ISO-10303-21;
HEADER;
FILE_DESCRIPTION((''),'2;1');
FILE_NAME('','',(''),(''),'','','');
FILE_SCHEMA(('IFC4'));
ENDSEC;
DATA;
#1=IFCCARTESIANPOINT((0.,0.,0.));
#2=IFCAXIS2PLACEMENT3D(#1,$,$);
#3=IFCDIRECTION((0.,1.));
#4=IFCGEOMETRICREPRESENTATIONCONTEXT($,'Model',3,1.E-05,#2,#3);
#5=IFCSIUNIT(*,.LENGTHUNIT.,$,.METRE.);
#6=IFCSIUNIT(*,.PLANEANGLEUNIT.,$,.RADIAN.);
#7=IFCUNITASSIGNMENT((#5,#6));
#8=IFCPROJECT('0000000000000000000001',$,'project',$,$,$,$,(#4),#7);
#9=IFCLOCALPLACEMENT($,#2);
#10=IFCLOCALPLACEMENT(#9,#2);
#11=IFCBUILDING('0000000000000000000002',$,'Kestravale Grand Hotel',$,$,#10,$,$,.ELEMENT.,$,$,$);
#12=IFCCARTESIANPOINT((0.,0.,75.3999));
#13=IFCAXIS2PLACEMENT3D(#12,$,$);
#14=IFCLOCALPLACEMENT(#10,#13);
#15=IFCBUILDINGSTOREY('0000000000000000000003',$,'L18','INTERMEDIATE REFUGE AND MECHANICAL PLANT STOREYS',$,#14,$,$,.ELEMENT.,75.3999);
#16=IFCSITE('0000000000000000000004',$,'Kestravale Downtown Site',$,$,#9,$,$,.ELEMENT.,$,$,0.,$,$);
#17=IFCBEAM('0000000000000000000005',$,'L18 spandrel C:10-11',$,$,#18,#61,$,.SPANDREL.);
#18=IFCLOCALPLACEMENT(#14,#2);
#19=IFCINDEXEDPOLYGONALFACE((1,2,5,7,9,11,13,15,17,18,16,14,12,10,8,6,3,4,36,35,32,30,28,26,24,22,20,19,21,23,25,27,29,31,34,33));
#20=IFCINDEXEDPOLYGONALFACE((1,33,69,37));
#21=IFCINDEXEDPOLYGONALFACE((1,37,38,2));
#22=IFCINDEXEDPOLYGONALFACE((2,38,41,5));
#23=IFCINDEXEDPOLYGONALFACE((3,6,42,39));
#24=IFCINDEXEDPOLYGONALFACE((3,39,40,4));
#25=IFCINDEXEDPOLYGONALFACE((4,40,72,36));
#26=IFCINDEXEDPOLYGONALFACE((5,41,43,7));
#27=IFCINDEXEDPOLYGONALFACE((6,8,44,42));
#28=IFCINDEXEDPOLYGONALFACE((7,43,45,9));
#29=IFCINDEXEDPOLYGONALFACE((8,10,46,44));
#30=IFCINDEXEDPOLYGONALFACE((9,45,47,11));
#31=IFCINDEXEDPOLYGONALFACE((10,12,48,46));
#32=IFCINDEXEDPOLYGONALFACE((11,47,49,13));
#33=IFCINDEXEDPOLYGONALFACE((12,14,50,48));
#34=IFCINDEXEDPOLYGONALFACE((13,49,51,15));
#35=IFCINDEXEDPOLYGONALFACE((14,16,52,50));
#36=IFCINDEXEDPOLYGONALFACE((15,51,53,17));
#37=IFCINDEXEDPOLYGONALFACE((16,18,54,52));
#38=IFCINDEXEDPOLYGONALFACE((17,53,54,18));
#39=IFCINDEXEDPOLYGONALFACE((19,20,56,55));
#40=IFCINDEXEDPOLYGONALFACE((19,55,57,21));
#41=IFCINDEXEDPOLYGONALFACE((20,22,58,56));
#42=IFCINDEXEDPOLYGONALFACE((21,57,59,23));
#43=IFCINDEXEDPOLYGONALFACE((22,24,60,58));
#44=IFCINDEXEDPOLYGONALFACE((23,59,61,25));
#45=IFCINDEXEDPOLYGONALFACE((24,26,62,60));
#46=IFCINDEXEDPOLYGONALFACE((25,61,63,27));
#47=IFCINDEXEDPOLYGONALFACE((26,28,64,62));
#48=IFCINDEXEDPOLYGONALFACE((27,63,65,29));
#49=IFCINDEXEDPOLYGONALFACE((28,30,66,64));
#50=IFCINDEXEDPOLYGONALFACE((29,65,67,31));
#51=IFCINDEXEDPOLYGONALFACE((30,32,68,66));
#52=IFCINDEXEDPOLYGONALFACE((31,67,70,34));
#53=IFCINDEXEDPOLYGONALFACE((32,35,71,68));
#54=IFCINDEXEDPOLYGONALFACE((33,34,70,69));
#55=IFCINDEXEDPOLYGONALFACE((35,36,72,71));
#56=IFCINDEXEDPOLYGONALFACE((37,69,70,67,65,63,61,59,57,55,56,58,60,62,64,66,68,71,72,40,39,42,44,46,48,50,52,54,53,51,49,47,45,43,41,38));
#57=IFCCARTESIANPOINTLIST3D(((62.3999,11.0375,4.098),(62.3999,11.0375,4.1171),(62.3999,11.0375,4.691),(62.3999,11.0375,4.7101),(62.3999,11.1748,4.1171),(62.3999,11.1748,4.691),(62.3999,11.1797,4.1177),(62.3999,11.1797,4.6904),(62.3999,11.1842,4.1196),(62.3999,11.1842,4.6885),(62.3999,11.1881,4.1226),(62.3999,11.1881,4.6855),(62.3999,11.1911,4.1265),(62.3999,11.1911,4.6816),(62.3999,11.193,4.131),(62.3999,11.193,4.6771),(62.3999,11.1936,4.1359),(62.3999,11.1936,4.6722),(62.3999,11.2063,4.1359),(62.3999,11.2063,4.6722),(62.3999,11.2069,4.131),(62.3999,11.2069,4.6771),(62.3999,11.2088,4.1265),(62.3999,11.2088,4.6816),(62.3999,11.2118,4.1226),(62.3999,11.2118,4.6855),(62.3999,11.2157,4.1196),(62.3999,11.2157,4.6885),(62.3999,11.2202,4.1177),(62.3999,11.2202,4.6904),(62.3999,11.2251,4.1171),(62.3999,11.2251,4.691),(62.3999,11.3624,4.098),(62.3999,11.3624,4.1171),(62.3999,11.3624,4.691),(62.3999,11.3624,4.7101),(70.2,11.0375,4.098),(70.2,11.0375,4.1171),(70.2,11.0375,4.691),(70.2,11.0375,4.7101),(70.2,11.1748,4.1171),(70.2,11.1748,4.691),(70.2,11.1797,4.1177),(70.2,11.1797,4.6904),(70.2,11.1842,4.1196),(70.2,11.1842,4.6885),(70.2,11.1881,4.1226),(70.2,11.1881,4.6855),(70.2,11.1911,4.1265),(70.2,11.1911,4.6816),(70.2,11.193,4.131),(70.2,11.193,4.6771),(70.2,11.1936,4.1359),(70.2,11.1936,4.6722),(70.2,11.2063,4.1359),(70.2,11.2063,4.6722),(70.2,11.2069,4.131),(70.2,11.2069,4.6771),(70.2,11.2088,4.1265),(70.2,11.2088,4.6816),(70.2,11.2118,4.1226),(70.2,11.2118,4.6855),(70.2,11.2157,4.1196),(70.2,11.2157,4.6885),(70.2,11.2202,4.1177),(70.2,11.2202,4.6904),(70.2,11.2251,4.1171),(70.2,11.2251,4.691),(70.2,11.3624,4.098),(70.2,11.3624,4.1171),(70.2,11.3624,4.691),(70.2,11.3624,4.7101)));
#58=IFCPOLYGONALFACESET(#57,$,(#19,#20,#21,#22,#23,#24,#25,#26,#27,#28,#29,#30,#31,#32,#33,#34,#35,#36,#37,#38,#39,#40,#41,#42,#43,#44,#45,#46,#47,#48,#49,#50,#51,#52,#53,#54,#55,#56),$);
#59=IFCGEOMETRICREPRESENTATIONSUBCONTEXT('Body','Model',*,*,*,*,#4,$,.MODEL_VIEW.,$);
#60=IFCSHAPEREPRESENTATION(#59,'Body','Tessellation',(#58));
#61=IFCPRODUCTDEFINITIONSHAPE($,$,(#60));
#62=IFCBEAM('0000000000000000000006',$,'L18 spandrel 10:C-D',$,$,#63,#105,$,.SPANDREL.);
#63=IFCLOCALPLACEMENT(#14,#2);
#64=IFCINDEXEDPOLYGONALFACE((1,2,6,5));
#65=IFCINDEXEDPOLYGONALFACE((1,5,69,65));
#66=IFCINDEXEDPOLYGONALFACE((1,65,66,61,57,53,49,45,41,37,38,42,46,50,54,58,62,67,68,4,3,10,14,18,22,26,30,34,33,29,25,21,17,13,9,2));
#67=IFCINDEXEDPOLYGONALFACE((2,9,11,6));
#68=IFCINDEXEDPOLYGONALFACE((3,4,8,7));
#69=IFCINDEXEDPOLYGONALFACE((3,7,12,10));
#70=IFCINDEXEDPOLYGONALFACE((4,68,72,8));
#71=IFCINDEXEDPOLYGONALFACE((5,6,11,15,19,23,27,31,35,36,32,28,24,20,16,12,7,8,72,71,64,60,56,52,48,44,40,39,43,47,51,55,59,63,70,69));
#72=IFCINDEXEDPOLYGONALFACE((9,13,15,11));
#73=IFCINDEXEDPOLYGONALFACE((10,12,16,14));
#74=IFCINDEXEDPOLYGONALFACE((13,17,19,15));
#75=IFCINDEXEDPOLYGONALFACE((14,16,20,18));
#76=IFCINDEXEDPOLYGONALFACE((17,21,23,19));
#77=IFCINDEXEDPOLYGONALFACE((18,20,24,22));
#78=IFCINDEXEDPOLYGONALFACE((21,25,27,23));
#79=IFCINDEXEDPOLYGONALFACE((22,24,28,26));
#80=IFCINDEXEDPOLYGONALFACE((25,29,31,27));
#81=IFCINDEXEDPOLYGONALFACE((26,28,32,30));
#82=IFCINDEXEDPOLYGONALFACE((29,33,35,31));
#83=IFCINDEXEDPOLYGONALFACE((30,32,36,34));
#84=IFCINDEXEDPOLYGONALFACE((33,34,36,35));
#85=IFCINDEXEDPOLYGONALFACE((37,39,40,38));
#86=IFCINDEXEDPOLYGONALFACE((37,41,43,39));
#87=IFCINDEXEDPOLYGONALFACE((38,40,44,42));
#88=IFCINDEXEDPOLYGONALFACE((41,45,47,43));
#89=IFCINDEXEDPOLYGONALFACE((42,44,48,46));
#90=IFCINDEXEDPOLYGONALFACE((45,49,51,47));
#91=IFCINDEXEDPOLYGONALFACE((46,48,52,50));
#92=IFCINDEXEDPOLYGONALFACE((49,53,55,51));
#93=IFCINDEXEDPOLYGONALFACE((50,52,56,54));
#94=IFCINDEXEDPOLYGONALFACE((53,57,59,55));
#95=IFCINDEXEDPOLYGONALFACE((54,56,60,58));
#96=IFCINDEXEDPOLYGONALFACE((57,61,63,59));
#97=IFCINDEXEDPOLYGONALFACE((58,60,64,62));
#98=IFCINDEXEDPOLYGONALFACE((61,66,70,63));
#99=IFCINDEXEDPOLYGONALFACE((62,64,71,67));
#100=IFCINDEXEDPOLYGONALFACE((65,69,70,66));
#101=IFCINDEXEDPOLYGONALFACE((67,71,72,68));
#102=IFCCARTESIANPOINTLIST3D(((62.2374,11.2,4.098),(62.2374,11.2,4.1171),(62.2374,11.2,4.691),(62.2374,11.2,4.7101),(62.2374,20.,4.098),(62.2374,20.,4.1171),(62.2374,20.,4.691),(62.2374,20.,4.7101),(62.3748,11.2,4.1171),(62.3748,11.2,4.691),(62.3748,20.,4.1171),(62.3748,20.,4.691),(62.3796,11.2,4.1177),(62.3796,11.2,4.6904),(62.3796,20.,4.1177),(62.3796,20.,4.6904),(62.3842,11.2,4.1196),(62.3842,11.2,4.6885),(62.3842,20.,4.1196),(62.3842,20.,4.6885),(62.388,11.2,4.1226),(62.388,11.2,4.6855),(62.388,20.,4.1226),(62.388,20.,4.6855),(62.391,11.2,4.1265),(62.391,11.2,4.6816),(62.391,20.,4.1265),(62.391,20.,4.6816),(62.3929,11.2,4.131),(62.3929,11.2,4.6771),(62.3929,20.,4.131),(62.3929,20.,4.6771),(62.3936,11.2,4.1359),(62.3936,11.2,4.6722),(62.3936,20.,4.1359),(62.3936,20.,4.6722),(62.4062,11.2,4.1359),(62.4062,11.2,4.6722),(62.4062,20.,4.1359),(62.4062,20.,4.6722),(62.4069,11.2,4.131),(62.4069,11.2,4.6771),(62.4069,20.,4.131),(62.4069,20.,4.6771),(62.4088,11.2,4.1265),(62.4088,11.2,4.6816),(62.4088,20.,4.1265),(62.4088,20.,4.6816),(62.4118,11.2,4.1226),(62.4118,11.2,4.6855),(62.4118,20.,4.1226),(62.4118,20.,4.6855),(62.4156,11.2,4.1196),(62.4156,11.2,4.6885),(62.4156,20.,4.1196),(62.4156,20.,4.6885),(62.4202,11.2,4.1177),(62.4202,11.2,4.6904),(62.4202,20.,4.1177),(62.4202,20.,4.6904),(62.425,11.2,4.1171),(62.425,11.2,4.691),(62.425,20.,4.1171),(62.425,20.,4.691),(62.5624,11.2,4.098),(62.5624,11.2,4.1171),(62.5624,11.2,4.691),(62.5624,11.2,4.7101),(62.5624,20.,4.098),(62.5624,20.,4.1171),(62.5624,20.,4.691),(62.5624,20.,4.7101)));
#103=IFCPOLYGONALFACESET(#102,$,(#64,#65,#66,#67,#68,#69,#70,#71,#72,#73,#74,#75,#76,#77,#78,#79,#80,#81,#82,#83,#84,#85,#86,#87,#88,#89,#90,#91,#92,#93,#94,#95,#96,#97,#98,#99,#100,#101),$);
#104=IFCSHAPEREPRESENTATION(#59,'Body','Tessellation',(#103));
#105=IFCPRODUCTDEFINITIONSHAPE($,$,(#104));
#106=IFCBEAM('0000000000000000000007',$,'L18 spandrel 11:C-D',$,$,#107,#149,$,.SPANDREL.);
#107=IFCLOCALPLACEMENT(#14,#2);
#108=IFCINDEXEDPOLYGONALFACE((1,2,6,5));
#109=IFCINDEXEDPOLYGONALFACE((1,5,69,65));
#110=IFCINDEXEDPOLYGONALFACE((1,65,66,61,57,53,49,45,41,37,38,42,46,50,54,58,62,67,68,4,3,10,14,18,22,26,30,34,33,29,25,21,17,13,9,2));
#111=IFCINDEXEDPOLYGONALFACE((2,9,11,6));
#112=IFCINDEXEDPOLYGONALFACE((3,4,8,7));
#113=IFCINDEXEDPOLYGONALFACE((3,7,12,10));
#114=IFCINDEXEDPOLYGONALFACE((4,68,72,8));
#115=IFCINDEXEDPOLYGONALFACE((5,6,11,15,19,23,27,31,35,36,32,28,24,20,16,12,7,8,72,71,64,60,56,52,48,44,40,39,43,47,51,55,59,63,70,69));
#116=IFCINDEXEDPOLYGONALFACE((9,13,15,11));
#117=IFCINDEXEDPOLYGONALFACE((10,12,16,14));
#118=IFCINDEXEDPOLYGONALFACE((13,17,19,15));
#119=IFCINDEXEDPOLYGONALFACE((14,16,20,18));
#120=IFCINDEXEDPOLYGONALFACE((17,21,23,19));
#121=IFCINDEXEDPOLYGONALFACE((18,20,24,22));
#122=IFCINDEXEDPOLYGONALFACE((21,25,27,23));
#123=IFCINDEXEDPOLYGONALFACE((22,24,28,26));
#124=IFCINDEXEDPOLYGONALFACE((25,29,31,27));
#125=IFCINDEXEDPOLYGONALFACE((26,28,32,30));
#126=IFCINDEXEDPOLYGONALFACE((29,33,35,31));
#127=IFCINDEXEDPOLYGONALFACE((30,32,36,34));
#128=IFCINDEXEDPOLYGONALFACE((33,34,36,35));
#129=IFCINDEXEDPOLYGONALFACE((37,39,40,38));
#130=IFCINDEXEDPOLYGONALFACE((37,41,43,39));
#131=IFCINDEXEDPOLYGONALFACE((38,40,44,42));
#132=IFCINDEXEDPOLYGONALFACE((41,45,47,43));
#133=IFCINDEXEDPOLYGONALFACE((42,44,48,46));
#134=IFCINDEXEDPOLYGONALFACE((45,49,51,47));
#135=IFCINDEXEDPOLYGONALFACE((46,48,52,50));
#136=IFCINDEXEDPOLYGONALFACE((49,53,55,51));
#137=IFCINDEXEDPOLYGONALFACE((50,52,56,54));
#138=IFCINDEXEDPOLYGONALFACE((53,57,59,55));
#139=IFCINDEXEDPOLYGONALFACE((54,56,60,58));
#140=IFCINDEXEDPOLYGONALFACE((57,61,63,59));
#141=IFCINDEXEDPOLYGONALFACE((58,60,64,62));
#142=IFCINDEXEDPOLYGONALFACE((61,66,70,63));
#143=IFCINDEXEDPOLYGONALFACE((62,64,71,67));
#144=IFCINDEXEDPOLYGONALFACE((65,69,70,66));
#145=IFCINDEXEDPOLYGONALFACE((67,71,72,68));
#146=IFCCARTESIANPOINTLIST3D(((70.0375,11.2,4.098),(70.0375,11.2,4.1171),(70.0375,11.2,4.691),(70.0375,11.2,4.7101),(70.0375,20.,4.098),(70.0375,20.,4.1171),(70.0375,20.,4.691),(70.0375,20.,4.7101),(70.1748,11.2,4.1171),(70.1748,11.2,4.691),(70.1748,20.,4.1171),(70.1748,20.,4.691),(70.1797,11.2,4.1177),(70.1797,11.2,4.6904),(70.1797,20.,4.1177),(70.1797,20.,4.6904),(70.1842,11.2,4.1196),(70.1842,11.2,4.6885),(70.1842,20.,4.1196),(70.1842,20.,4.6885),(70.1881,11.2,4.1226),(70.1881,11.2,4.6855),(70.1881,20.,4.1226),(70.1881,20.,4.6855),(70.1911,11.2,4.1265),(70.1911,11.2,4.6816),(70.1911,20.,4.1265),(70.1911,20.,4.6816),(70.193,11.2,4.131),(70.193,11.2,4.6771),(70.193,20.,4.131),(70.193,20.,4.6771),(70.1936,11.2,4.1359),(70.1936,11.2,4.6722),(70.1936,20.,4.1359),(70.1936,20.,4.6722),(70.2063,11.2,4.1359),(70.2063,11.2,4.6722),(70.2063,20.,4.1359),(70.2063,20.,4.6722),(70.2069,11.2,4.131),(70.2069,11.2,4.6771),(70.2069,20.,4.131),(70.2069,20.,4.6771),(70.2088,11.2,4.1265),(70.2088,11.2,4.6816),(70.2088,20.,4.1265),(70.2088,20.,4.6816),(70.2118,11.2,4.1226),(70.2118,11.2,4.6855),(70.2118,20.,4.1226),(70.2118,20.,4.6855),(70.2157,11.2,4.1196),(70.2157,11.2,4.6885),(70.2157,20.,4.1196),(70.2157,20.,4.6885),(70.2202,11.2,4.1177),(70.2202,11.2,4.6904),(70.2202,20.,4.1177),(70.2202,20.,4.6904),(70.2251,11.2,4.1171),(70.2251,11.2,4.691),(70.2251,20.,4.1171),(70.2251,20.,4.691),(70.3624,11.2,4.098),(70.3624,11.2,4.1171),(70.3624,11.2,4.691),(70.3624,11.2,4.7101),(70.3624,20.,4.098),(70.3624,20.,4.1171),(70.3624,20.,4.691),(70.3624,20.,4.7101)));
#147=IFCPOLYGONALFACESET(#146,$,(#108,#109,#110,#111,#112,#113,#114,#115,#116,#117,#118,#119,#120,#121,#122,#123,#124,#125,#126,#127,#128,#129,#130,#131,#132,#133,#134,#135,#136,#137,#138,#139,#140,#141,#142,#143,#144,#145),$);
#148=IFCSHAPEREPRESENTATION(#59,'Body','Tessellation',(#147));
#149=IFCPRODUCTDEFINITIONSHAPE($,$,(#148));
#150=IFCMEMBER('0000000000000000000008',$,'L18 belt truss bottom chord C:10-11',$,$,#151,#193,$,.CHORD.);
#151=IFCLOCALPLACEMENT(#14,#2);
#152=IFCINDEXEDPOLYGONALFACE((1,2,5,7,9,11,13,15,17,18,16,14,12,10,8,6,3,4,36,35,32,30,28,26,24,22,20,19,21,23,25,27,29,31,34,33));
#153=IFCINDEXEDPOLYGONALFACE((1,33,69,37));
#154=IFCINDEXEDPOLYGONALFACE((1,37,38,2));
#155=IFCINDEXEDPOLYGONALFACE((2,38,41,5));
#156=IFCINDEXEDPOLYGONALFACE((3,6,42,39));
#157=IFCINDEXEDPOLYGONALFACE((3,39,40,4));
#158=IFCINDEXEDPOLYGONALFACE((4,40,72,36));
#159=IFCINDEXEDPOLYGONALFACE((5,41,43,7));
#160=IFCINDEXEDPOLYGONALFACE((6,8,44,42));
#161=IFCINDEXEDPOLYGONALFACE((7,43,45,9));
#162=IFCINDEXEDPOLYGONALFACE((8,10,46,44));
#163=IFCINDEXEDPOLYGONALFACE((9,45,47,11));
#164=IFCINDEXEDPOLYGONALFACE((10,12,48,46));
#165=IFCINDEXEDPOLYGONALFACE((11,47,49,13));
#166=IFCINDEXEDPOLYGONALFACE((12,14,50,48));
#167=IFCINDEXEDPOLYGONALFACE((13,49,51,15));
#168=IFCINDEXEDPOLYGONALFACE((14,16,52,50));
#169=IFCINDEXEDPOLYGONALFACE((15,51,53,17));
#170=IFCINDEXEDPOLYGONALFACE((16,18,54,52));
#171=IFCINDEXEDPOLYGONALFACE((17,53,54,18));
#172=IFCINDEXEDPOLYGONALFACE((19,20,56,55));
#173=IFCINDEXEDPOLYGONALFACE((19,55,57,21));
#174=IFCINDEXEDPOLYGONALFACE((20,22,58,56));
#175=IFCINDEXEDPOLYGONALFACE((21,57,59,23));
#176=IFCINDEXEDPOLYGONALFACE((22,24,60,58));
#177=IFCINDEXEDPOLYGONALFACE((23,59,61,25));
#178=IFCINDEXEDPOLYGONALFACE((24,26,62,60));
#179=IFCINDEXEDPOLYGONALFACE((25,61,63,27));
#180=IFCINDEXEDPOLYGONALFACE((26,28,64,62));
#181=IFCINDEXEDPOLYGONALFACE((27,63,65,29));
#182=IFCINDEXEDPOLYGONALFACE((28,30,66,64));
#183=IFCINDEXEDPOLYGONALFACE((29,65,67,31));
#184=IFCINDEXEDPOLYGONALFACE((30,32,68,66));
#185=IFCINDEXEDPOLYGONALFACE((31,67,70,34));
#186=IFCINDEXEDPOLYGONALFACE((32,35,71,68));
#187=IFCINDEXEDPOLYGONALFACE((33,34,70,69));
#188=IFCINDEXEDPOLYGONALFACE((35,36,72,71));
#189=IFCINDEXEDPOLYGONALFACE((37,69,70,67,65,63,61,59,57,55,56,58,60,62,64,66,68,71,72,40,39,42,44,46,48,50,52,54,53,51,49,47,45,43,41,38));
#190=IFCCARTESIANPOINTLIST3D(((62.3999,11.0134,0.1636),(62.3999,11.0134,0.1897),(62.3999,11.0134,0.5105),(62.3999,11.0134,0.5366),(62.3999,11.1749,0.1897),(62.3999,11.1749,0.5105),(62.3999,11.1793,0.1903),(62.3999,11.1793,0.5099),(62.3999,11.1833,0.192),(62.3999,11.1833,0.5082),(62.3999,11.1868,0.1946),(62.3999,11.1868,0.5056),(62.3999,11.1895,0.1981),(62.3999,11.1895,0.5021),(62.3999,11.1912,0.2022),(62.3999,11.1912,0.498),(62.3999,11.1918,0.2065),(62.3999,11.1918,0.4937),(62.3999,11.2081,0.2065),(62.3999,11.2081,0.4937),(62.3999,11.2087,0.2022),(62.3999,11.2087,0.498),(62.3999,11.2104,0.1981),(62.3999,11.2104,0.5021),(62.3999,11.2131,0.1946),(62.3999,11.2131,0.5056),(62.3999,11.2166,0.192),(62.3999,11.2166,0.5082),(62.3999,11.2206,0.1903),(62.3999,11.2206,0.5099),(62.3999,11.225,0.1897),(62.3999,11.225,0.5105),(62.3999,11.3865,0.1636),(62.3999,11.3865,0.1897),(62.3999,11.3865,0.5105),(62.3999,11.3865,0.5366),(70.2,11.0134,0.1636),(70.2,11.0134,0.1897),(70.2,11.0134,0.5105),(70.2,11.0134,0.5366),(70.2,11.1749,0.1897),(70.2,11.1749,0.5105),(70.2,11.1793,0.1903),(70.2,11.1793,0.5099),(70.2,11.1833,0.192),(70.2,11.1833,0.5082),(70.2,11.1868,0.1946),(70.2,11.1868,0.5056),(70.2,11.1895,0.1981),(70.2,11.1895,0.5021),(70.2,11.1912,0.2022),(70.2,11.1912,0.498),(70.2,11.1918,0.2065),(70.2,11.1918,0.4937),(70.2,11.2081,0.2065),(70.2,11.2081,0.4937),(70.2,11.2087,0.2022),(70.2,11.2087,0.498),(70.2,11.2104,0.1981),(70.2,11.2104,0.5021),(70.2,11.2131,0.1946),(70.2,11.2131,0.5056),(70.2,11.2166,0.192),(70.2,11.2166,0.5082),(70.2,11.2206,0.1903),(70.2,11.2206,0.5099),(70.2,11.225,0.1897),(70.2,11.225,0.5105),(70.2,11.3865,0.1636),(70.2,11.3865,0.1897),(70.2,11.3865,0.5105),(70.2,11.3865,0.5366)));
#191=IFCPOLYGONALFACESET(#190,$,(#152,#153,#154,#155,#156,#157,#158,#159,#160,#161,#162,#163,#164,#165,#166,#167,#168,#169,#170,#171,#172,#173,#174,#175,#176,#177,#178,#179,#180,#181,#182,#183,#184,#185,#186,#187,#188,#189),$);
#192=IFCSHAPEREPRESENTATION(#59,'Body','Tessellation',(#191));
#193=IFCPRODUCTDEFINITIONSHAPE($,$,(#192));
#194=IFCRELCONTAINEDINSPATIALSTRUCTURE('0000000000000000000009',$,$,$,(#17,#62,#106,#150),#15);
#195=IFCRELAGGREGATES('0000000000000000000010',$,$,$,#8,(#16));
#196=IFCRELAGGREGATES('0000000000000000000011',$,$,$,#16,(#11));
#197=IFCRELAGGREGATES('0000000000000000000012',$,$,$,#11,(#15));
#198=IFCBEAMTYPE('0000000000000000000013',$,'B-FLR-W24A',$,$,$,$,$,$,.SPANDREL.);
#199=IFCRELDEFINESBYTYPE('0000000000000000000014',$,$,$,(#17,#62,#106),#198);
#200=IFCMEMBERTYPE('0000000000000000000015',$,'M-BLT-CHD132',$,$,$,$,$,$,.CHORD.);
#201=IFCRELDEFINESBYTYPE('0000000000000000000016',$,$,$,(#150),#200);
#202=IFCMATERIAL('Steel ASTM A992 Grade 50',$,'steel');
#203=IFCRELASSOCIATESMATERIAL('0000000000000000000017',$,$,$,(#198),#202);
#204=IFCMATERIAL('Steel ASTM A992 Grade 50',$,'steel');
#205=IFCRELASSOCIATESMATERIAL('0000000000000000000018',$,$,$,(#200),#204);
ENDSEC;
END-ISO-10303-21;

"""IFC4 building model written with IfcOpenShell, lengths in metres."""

from ifc_helpers import new_model, si_unit, direction, frame, origin, origin_2d, place, context, subcontext, project, spatial, i_section, extrude, material, material_profile, profile_set, type_object, element, save


model = new_model("IFC4")

# Units and contexts
model_context = context("Model", 3, precision=1e-05, world=origin(), true_north=direction((0.0, 1.0)))
body_context = subcontext(model_context, "Body", "Model", "MODEL_VIEW")
ifc_project = project(units=[si_unit("LENGTHUNIT", "METRE"), si_unit("PLANEANGLEUNIT", "RADIAN")], contexts=[model_context])

# Site, building, storey
site_placement = place(None, origin())
site = spatial("IfcSite", under=ifc_project, at=site_placement, Name="Kestravale Downtown Site", CompositionType="ELEMENT", RefElevation=0.0)
building_placement = place(site_placement, origin())
building = spatial("IfcBuilding", under=site, at=building_placement, Name="Kestravale Grand Hotel", CompositionType="ELEMENT")
storey_placement = place(building_placement, frame((0.0, 0.0, 75.3999)))
storey = spatial("IfcBuildingStorey", under=building, at=storey_placement, Name="L18", Description="INTERMEDIATE REFUGE AND MECHANICAL PLANT STOREYS", CompositionType="ELEMENT", Elevation=75.3999)

# Beams
ifc_material_1 = material(Name="Steel ASTM A992 Grade 50", Category="steel")
ifc_material_profile_1 = material_profile(ifc_material_1, i_section(OverallWidth=0.325, OverallDepth=0.6121, WebThickness=0.0127, FlangeThickness=0.019, FilletRadius=0.0188, at=origin_2d()))
ifc_profile_set_1 = profile_set([ifc_material_profile_1], Name="Steel ASTM A992 Grade 50")
beam_type_1 = type_object("IfcBeamType", Name="B-FLR-W24A", PredefinedType="SPANDREL", material=ifc_profile_set_1)
beam_placement = place(storey_placement, frame((62.3999, 11.2, 4.4041), z_axis=(1.0, 0.0, 0.0), x_axis=(0.0, 1.0, 0.0)))
element("IfcBeam", 1, at=beam_placement, inside=storey, type_object=beam_type_1, Name="L18 spandrel C:10-11", PredefinedType="SPANDREL", context=body_context, shape_type="SweptSolid", body=[
    extrude(i_section(OverallWidth=0.325, OverallDepth=0.6121, WebThickness=0.0127, FlangeThickness=0.019, FilletRadius=0.0188, at=origin_2d()), origin(), (0.0, 0.0, 1.0), 7.8),
])
for number, where, z_axis, x_axis, name in (
    (2, (62.3999, 11.2, 4.4041), (0.0, 1.0, 0.0), (-1.0, 0.0, 0.0), "L18 spandrel 10:C-D"),
    (3, (70.2, 11.2, 4.4041), (0.0, 1.0, 0.0), (-1.0, 0.0, 0.0), "L18 spandrel 11:C-D"),
):
    element("IfcBeam", number, at=place(storey_placement, frame(where, z_axis=z_axis, x_axis=x_axis)), inside=storey, type_object=beam_type_1, Name=name, PredefinedType="SPANDREL", context=body_context, shape_type="SweptSolid", body=[
        extrude(i_section(OverallWidth=0.325, OverallDepth=0.6121, WebThickness=0.0127, FlangeThickness=0.019, FilletRadius=0.0188, at=origin_2d()), origin(), (0.0, 0.0, 1.0), 8.8),
    ])

# Member
ifc_material_2 = material(Name="Steel ASTM A992 Grade 50", Category="steel")
ifc_material_profile_2 = material_profile(ifc_material_2, i_section(OverallWidth=0.373, OverallDepth=0.373, WebThickness=0.0164, FlangeThickness=0.0261, FilletRadius=0.0168, at=origin_2d()))
ifc_profile_set_2 = profile_set([ifc_material_profile_2], Name="Steel ASTM A992 Grade 50")
member_type_1 = type_object("IfcMemberType", Name="M-BLT-CHD132", PredefinedType="CHORD", material=ifc_profile_set_2)
member_placement = place(storey_placement, frame((62.3999, 11.2, 0.3501), z_axis=(1.0, 0.0, 0.0), x_axis=(0.0, 1.0, 0.0)))
element("IfcMember", 4, at=member_placement, inside=storey, type_object=member_type_1, Name="L18 belt truss bottom chord C:10-11", PredefinedType="CHORD", context=body_context, shape_type="SweptSolid", body=[
    extrude(i_section(OverallWidth=0.373, OverallDepth=0.373, WebThickness=0.0164, FlangeThickness=0.0261, FilletRadius=0.0168, at=origin_2d()), origin(), (0.0, 0.0, 1.0), 7.8),
])

save(model, "model.ifc")
